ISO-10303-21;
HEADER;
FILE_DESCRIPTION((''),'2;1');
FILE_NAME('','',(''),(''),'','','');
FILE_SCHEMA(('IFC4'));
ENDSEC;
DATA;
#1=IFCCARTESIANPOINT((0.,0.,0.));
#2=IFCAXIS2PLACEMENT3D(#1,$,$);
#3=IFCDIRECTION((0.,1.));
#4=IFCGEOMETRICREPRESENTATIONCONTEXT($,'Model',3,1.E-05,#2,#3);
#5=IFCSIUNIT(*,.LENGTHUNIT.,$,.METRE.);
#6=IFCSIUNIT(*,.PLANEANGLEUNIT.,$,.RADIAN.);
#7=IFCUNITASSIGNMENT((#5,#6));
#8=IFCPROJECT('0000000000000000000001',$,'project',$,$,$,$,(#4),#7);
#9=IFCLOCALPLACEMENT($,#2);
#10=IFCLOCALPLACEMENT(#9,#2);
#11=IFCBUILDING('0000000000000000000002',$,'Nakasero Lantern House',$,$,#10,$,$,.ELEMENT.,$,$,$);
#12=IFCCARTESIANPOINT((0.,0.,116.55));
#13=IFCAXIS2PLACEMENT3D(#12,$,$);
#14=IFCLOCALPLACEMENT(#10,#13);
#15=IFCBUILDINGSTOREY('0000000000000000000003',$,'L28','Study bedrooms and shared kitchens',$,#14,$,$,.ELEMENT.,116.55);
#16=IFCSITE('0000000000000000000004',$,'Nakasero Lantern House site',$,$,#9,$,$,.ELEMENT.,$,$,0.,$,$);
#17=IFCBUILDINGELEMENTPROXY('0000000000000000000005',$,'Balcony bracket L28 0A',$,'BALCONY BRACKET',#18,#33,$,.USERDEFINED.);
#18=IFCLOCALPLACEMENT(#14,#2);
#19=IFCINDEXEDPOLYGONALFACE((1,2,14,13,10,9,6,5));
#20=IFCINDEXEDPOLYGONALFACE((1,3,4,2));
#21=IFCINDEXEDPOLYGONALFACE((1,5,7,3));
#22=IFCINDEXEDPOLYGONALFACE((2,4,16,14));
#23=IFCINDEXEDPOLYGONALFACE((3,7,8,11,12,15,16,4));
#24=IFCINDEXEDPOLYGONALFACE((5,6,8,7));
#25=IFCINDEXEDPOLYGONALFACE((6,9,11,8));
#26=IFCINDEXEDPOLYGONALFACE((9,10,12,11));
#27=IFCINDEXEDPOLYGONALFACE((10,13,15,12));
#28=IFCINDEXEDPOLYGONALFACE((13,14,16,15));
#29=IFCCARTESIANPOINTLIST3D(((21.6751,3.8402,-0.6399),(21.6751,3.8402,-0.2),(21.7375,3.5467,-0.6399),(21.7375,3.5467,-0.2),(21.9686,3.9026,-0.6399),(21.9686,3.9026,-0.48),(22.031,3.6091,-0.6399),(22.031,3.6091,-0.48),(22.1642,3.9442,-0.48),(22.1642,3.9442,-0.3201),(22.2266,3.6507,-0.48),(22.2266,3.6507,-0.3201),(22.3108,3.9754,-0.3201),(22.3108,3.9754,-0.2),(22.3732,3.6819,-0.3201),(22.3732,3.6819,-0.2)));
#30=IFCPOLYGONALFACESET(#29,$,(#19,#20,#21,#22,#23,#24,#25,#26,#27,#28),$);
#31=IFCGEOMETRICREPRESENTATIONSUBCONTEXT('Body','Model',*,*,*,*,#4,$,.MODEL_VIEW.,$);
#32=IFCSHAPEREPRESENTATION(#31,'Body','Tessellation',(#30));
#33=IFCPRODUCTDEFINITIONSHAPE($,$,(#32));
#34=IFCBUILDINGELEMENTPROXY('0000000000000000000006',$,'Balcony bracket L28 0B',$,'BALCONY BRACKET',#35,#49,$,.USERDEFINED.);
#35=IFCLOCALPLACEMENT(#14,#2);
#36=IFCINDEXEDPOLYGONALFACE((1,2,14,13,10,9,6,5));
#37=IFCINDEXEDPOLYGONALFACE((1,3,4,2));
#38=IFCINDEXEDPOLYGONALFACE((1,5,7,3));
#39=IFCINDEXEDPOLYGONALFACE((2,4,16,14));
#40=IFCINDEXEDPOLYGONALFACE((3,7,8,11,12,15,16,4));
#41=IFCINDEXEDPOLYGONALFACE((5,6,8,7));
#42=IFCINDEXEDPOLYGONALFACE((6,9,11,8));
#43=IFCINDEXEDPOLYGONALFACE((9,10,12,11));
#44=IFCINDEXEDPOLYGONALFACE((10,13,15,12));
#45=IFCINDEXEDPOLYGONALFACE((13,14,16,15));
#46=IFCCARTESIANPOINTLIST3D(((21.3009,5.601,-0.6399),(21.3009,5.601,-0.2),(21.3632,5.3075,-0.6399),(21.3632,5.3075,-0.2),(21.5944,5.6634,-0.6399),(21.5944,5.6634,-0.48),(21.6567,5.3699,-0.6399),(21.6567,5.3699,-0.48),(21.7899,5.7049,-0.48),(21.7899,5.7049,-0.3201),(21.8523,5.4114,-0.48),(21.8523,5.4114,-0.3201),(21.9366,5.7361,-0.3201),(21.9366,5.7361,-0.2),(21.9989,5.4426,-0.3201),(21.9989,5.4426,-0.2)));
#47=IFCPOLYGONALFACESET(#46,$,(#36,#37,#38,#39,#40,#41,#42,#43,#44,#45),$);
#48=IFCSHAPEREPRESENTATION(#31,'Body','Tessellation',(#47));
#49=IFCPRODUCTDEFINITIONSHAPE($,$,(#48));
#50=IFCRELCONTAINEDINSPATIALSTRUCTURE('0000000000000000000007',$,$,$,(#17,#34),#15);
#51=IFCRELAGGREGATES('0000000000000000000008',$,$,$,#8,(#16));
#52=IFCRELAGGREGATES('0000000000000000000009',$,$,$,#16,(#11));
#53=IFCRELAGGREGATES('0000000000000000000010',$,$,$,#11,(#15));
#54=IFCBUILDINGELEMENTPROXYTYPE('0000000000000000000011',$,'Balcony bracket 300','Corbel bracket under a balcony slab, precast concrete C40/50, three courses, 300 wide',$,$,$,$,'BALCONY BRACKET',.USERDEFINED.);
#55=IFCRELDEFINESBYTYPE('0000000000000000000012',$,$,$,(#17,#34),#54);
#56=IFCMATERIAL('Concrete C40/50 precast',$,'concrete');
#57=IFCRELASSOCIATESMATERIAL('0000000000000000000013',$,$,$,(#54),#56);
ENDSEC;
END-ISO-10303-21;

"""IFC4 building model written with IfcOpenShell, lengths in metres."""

from ifc_helpers import new_model, si_unit, direction, frame, origin, place, context, subcontext, project, spatial, polyline, outline, extrude, material, type_object, element, save


model = new_model("IFC4")

# Units and contexts
model_context = context("Model", 3, precision=1e-05, world=origin(), true_north=direction((0.0, 1.0)))
body_context = subcontext(model_context, "Body", "Model", "MODEL_VIEW")
ifc_project = project(units=[si_unit("LENGTHUNIT", "METRE"), si_unit("PLANEANGLEUNIT", "RADIAN")], contexts=[model_context])

# Site, building, storey
site_placement = place(None, origin())
site = spatial("IfcSite", under=ifc_project, at=site_placement, Name="Nakasero Lantern House site", CompositionType="ELEMENT", RefElevation=0.0)
building_placement = place(site_placement, origin())
building = spatial("IfcBuilding", under=site, at=building_placement, Name="Nakasero Lantern House", CompositionType="ELEMENT")
storey_placement = place(building_placement, frame((0.0, 0.0, 116.55)))
storey = spatial("IfcBuildingStorey", under=building, at=storey_placement, Name="L28", Description="Study bedrooms and shared kitchens", CompositionType="ELEMENT", Elevation=116.55)

# Building element proxies
ifc_material_1 = material(Name="Concrete C40/50 precast", Category="concrete")
building_element_proxy_type = type_object("IfcBuildingElementProxyType", Name="Balcony bracket 300", Description="Corbel bracket under a balcony slab, precast concrete C40/50, three courses, 300 wide", ElementType="BALCONY BRACKET", PredefinedType="USERDEFINED", material=ifc_material_1)
for number, where, z_axis, x_axis, name in (
    (1, (21.7063, 3.6936, -0.2), (0.0, 0.0, 1.0), (0.978148, 0.207912, 0.0), "Balcony bracket L28 0A"),
    (2, (21.332, 5.4543, -0.2), (0.0, 0.0, 1.0), (0.978148, 0.207912, 0.0), "Balcony bracket L28 0B"),
):
    element("IfcBuildingElementProxy", number, at=place(storey_placement, frame(where, z_axis=z_axis, x_axis=x_axis)), inside=storey, type_object=building_element_proxy_type, Name=name, ObjectType="BALCONY BRACKET", PredefinedType="USERDEFINED", context=body_context, shape_type="SweptSolid", body=[
        extrude(outline(polyline([(0.0, 0.0), (0.6499, 0.0), (0.6499, -0.1201), (0.5, -0.1201), (0.5, -0.28), (0.3, -0.28), (0.3, -0.4399), (0.0, -0.4399), (0.0, 0.0)])), frame((0.0, 0.1499, 0.0), z_axis=(0.0, -1.0, 0.0), x_axis=(1.0, 0.0, 0.0)), (0.0, 0.0, 1.0), 0.3),
    ])

save(model, "model.ifc")
